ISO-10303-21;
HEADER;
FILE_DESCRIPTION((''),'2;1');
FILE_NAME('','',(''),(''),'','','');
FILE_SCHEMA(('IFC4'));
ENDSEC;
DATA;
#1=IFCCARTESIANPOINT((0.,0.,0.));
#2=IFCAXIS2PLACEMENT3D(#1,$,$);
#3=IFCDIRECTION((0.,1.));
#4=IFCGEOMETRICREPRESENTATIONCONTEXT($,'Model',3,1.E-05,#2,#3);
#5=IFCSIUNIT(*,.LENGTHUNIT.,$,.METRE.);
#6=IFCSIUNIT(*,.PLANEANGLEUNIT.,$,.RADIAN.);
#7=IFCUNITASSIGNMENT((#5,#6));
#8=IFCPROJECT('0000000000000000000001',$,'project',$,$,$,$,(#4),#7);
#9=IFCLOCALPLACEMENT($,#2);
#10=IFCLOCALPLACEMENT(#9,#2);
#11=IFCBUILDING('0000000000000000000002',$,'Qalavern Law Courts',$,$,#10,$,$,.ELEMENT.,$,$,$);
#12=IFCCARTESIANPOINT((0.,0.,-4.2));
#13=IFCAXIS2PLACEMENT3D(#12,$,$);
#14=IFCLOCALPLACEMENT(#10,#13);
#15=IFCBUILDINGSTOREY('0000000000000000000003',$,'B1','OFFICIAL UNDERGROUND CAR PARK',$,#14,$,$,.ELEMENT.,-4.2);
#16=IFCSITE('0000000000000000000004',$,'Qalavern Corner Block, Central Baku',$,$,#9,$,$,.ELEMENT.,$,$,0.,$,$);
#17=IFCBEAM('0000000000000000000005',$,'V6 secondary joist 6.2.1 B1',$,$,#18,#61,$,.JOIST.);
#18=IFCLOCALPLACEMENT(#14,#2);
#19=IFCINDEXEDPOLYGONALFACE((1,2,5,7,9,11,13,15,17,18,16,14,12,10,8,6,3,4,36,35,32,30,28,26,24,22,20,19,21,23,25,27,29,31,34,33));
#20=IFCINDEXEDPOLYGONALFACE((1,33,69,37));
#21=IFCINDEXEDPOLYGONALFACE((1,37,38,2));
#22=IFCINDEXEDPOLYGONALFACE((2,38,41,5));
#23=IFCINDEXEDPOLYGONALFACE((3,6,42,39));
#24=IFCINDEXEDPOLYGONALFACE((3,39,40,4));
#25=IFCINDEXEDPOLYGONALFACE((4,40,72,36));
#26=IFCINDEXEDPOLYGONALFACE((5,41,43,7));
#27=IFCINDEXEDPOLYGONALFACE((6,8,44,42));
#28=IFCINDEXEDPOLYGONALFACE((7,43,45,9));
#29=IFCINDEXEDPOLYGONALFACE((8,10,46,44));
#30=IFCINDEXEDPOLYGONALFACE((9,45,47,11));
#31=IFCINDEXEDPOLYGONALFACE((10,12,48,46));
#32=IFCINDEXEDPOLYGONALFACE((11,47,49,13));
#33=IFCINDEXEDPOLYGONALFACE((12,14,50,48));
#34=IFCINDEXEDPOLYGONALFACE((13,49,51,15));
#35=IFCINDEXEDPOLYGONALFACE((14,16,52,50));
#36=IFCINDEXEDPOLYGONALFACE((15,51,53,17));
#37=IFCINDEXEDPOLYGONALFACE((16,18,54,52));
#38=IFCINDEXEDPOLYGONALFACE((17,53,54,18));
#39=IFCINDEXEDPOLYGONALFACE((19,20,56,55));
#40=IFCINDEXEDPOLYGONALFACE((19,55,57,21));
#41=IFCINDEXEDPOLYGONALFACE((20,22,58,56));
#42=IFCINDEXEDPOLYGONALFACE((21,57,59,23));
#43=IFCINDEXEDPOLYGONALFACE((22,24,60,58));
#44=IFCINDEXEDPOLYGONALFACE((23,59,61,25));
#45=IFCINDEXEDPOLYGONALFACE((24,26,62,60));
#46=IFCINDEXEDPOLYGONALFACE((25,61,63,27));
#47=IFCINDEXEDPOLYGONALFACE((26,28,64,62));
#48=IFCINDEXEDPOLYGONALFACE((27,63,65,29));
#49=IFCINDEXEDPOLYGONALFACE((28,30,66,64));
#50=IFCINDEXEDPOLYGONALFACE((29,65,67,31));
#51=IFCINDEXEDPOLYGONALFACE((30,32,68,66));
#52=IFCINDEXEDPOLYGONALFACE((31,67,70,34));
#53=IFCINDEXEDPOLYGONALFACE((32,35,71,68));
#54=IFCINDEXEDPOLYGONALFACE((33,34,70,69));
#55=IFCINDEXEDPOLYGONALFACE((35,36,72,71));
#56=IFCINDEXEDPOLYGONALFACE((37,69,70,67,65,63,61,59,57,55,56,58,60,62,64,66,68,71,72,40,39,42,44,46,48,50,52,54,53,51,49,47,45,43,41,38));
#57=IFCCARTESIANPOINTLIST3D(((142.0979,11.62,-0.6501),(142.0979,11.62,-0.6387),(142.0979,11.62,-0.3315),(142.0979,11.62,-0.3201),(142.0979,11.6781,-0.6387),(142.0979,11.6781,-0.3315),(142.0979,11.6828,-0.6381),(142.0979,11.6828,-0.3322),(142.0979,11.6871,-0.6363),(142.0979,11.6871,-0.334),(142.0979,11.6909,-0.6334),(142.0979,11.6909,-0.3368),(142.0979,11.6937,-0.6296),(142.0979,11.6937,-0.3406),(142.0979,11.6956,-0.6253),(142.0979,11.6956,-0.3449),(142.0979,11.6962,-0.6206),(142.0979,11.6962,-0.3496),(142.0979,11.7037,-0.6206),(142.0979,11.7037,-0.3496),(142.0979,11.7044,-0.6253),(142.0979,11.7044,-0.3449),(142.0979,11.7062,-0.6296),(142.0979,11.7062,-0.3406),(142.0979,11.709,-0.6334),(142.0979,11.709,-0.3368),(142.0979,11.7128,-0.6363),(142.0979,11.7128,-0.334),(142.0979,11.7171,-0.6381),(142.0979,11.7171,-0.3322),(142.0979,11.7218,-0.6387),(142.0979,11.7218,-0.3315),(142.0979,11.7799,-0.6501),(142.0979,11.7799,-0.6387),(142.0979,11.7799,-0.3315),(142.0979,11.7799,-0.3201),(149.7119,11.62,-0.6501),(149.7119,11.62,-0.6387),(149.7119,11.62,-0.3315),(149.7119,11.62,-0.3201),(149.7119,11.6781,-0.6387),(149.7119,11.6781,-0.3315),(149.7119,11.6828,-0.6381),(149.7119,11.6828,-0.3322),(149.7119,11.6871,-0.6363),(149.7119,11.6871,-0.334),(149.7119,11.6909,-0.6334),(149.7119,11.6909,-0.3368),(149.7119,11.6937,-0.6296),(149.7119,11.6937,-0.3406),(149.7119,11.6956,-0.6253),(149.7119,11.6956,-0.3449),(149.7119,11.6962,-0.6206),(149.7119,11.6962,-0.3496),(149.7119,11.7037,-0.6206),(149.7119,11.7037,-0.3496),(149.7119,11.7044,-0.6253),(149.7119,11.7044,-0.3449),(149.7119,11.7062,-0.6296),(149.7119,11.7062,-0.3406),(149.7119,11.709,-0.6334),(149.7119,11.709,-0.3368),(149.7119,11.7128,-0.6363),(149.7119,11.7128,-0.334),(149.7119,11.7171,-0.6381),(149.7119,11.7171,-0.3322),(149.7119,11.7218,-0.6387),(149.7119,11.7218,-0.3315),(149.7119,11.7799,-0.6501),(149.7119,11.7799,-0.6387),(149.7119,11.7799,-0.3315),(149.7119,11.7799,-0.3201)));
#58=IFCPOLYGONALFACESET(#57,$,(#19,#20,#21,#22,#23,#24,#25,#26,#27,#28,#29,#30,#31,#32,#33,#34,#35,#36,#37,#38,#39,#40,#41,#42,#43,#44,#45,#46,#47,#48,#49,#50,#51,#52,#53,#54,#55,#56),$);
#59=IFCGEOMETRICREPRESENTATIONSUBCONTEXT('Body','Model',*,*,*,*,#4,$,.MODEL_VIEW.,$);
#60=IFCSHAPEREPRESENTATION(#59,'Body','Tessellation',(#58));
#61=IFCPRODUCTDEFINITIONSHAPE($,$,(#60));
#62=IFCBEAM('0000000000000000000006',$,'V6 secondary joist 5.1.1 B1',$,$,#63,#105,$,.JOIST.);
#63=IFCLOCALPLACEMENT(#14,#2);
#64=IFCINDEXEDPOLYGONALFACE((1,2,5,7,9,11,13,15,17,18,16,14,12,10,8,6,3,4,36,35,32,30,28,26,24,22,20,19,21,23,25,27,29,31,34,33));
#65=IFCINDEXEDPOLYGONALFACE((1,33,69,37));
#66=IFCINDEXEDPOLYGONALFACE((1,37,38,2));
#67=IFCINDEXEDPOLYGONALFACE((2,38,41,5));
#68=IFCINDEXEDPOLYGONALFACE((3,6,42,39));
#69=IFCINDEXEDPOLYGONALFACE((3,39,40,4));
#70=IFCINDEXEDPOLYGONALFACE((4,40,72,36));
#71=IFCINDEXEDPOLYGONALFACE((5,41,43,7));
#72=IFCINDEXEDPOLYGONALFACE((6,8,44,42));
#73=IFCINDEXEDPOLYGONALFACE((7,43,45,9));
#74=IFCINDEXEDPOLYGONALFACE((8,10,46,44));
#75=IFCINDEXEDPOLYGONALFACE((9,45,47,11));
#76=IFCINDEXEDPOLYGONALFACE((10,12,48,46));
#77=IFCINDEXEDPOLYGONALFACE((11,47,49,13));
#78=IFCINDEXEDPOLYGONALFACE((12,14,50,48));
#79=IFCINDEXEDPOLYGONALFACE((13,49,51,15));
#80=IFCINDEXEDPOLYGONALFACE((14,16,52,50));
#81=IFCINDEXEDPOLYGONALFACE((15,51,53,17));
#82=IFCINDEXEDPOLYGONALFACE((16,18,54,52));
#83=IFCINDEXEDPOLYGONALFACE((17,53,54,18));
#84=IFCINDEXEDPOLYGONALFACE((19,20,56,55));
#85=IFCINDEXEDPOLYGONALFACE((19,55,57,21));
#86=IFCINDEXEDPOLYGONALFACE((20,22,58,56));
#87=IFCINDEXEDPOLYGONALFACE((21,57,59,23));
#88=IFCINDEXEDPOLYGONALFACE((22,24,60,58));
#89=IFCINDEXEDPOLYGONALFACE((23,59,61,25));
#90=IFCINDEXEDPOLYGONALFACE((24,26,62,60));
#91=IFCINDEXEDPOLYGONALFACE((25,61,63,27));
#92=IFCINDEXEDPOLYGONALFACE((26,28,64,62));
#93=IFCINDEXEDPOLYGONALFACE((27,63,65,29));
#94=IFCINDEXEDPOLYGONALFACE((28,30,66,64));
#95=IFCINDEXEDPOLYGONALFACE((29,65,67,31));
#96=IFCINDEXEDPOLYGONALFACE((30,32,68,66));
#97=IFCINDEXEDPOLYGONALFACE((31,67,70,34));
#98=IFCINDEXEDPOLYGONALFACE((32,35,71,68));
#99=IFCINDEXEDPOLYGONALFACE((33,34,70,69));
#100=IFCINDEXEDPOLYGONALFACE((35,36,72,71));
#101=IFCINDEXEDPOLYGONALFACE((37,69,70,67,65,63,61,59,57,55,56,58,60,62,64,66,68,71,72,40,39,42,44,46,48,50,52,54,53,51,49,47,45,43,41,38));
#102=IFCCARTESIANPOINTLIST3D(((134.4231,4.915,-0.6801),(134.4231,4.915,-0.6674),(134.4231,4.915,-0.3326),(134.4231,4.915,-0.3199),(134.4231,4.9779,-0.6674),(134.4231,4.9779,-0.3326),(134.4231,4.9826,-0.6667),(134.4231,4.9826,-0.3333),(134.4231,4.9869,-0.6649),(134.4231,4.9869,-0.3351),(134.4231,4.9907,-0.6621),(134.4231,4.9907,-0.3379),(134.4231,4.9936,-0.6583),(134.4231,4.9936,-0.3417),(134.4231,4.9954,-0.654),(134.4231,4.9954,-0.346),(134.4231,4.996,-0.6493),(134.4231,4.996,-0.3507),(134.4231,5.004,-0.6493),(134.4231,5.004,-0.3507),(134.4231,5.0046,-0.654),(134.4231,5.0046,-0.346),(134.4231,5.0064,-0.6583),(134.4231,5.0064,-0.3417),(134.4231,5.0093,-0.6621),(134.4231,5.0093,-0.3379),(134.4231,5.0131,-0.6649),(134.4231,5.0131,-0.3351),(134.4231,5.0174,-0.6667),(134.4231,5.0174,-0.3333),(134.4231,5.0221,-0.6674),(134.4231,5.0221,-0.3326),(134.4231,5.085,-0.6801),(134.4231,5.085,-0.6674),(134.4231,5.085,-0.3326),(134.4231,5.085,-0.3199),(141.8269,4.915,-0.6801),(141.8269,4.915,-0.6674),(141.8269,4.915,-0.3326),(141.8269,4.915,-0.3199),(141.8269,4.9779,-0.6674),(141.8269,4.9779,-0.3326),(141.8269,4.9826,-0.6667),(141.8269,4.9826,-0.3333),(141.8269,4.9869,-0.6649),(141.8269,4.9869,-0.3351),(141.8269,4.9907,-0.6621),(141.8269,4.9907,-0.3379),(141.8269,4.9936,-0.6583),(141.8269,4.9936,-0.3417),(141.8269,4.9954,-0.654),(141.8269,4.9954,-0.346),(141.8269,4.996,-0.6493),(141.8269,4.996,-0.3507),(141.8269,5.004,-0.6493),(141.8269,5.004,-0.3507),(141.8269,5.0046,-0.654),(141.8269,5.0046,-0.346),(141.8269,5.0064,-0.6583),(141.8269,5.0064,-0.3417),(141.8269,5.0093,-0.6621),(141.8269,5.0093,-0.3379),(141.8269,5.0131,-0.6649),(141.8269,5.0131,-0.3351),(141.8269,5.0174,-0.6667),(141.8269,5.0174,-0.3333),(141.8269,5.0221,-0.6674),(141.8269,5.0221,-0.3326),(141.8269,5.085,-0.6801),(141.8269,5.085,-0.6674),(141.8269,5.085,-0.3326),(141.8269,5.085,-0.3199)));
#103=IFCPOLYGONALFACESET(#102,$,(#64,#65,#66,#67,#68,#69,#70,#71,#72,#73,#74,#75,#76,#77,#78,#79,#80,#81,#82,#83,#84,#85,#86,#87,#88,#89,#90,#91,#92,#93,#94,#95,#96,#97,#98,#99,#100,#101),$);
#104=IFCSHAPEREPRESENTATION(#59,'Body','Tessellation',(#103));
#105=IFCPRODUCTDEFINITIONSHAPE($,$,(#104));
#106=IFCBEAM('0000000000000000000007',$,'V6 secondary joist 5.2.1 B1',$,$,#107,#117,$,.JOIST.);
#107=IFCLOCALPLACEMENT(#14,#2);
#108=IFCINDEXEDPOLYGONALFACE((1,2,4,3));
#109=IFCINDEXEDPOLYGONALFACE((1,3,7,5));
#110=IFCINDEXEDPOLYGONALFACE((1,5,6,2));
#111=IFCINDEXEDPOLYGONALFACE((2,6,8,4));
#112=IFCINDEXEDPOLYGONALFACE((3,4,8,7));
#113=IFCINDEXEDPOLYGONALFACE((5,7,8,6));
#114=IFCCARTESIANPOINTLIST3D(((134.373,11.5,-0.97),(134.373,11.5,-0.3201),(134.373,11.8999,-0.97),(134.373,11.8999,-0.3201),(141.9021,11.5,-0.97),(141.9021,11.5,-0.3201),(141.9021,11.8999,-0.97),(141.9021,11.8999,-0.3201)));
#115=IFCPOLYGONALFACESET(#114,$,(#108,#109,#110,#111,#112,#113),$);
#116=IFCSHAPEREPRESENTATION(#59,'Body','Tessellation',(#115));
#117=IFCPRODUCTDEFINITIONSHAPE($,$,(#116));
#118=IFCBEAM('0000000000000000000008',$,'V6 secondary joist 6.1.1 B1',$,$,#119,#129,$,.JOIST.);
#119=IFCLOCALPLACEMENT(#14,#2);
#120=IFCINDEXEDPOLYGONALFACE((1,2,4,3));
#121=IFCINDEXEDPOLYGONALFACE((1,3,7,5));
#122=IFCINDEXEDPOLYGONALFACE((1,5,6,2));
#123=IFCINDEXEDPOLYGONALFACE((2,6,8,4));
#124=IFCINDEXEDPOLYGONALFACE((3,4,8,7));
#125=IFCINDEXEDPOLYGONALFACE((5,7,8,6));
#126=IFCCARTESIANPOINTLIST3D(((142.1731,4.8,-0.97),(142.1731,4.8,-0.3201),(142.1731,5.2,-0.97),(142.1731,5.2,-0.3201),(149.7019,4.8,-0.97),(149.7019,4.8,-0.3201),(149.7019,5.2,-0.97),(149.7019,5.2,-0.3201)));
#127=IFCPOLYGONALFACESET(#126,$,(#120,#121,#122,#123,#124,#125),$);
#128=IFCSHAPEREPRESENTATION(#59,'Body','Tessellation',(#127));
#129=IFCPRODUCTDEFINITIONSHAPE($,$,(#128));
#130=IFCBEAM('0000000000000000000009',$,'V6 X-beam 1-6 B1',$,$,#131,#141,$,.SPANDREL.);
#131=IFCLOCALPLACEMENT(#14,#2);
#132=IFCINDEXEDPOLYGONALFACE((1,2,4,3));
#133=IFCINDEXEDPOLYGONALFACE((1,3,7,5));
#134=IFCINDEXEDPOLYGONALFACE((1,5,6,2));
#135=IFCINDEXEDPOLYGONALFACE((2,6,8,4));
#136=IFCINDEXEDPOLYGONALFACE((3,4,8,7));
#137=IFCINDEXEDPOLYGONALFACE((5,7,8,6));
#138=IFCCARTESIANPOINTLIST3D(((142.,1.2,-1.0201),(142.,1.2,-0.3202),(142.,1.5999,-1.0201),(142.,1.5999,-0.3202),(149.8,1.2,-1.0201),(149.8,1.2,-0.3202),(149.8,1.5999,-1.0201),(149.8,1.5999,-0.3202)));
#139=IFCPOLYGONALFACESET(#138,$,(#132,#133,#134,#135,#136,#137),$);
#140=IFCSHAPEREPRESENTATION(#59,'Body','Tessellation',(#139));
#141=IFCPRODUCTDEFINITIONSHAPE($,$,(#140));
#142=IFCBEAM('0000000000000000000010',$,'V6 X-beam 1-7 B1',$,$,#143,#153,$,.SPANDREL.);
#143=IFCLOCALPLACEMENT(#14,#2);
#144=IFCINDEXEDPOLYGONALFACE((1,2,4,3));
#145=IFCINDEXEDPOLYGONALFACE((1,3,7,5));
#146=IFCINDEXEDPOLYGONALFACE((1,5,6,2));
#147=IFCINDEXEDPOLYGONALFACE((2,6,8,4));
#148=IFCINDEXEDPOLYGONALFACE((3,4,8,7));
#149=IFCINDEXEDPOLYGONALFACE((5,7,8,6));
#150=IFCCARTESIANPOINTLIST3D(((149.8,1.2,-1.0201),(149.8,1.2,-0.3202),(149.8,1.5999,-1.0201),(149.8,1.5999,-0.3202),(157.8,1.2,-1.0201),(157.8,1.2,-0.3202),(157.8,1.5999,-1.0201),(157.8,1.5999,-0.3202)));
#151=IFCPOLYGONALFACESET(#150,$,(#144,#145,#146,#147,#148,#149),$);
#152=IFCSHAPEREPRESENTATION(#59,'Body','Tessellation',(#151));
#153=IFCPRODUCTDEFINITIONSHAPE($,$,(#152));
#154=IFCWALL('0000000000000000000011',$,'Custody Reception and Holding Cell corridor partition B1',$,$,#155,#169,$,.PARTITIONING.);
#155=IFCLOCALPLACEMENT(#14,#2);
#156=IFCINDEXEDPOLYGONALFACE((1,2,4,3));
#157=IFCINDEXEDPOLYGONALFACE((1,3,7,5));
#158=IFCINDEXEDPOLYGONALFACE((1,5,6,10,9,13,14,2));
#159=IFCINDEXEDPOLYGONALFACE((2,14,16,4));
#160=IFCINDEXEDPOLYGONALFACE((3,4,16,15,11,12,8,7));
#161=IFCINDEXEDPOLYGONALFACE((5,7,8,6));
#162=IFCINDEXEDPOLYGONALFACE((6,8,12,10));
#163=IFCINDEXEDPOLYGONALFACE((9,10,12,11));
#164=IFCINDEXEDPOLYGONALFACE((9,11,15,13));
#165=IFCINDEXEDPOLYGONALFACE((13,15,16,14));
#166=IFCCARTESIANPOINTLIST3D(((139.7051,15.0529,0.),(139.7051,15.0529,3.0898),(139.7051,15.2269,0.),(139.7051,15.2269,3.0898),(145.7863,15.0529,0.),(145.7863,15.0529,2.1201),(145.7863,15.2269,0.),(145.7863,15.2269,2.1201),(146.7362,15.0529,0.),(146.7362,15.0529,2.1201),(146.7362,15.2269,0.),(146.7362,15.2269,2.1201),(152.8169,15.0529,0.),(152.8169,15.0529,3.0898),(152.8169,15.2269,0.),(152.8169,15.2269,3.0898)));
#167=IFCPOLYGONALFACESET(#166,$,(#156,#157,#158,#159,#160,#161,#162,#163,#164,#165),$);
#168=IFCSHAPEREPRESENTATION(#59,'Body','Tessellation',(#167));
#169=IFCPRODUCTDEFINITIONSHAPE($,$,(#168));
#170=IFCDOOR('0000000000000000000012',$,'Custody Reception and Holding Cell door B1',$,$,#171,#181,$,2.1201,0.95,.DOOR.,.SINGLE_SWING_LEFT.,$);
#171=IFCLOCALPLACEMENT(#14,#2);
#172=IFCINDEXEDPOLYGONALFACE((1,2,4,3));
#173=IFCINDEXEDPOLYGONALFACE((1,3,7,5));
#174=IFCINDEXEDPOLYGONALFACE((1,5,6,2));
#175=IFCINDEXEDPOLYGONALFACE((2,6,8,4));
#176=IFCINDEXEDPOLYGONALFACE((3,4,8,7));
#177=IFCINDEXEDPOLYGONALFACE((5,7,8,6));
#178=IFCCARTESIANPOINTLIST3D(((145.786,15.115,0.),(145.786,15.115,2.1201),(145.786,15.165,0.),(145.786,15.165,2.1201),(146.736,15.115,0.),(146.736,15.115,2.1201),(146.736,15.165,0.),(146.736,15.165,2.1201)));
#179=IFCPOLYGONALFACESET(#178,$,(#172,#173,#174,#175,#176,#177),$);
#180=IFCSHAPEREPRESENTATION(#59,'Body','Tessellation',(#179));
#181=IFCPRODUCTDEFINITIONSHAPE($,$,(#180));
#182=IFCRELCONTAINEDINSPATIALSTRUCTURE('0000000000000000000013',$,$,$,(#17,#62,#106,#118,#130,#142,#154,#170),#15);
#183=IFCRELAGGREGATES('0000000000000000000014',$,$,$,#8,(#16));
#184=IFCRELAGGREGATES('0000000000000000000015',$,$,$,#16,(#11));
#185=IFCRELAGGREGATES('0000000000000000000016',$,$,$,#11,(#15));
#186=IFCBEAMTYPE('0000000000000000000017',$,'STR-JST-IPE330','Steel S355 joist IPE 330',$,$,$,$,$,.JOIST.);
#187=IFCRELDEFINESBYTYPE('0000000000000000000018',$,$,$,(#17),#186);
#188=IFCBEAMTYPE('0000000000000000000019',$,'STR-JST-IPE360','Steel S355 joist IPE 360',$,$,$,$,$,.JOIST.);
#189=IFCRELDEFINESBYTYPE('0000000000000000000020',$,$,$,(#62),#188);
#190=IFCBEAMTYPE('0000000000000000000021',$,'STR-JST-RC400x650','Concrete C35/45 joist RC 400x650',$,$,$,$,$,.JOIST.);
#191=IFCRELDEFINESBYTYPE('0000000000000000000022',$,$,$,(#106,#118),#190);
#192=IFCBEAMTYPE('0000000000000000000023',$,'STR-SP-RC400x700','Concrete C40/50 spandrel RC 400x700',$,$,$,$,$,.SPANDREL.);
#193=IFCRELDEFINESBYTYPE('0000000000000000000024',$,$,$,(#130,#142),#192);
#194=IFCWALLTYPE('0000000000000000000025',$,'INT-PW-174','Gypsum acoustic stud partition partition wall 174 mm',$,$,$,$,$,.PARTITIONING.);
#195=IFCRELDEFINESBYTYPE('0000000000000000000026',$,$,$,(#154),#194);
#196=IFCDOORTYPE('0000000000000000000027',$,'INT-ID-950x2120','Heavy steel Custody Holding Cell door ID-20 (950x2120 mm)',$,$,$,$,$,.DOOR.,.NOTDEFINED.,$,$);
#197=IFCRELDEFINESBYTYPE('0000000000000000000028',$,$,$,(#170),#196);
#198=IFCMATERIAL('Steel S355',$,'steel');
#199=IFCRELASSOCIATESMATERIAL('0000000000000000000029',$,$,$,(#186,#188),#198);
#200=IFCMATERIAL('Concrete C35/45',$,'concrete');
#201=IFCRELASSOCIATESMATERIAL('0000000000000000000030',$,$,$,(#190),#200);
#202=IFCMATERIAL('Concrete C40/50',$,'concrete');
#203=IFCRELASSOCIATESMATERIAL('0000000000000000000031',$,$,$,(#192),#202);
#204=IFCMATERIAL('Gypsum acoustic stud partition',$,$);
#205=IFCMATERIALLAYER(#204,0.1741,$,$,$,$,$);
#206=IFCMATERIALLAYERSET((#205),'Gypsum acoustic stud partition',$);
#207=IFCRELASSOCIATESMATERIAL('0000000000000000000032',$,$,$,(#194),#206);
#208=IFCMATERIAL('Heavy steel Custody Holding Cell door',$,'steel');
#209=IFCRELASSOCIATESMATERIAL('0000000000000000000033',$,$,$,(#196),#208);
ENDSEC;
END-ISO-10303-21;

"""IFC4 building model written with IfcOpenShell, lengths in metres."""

from ifc_helpers import new_model, si_unit, direction, frame, frame_2d, origin, origin_2d, place, context, subcontext, project, spatial, rectangle, i_section, extrude, material, layer, layer_set, material_profile, profile_set, type_object, element, fill, save


model = new_model("IFC4")

# Units and contexts
model_context = context("Model", 3, precision=1e-05, world=origin(), true_north=direction((0.0, 1.0)))
body_context = subcontext(model_context, "Body", "Model", "MODEL_VIEW")
ifc_project = project(units=[si_unit("LENGTHUNIT", "METRE"), si_unit("PLANEANGLEUNIT", "RADIAN")], contexts=[model_context])

# Site, building, storey
site_placement = place(None, origin())
site = spatial("IfcSite", under=ifc_project, at=site_placement, Name="Qalavern Corner Block, Central Baku", CompositionType="ELEMENT", RefElevation=0.0)
building_placement = place(site_placement, origin())
building = spatial("IfcBuilding", under=site, at=building_placement, Name="Qalavern Law Courts", CompositionType="ELEMENT")
storey_placement = place(building_placement, frame((0.0, 0.0, -4.2)))
storey = spatial("IfcBuildingStorey", under=building, at=storey_placement, Name="B1", Description="OFFICIAL UNDERGROUND CAR PARK", CompositionType="ELEMENT", Elevation=-4.2)

# Beams
ifc_material_1 = material(Name="Steel S355", Category="steel")
ifc_material_2 = material(Name="Concrete C35/45", Category="concrete")
ifc_material_profile_1 = material_profile(ifc_material_1, i_section(OverallWidth=0.1599, OverallDepth=0.3301, WebThickness=0.0076, FlangeThickness=0.0115, FilletRadius=0.0181, at=origin_2d()), Name="IPE 330")
ifc_profile_set_1 = profile_set([ifc_material_profile_1], Name="Steel S355")
beam_type_1 = type_object("IfcBeamType", Name="STR-JST-IPE330", Description="Steel S355 joist IPE 330", PredefinedType="JOIST", material=ifc_profile_set_1)
for number, where, z_axis, x_axis, name in (
    (1, (142.0979, 11.7, -0.4851), (1.0, 0.0, 0.0), (0.0, 1.0, 0.0), "V6 secondary joist 6.2.1 B1"),
):
    element("IfcBeam", number, at=place(storey_placement, frame(where, z_axis=z_axis, x_axis=x_axis)), inside=storey, type_object=beam_type_1, Name=name, PredefinedType="JOIST", context=body_context, shape_type="SweptSolid", body=[
        extrude(i_section(OverallWidth=0.1599, OverallDepth=0.3301, WebThickness=0.0076, FlangeThickness=0.0115, FilletRadius=0.0181, at=origin_2d()), origin(), (0.0, 0.0, 1.0), 7.614),
    ])
ifc_material_profile_2 = material_profile(ifc_material_1, i_section(OverallWidth=0.1699, OverallDepth=0.3601, WebThickness=0.0081, FlangeThickness=0.0127, FilletRadius=0.0181, at=origin_2d()), Name="IPE 360")
ifc_profile_set_2 = profile_set([ifc_material_profile_2], Name="Steel S355")
beam_type_2 = type_object("IfcBeamType", Name="STR-JST-IPE360", Description="Steel S355 joist IPE 360", PredefinedType="JOIST", material=ifc_profile_set_2)
beam_1_placement = place(storey_placement, frame((134.4231, 5.0, -0.5), z_axis=(1.0, 0.0, 0.0), x_axis=(0.0, 1.0, 0.0)))
element("IfcBeam", 2, at=beam_1_placement, inside=storey, type_object=beam_type_2, Name="V6 secondary joist 5.1.1 B1", PredefinedType="JOIST", context=body_context, shape_type="SweptSolid", body=[
    extrude(i_section(OverallWidth=0.1699, OverallDepth=0.3601, WebThickness=0.0081, FlangeThickness=0.0127, FilletRadius=0.0181, at=origin_2d()), origin(), (0.0, 0.0, 1.0), 7.4038),
])
ifc_material_profile_3 = material_profile(ifc_material_2, rectangle(XDim=0.3999, YDim=0.6499, at=origin_2d()), Name="RC 400x650")
ifc_profile_set_3 = profile_set([ifc_material_profile_3], Name="Concrete C35/45")
beam_type_3 = type_object("IfcBeamType", Name="STR-JST-RC400x650", Description="Concrete C35/45 joist RC 400x650", PredefinedType="JOIST", material=ifc_profile_set_3)
beam_2_placement = place(storey_placement, frame((134.373, 11.7, -0.645), z_axis=(1.0, 0.0, 0.0), x_axis=(0.0, 1.0, 0.0)))
element("IfcBeam", 3, at=beam_2_placement, inside=storey, type_object=beam_type_3, Name="V6 secondary joist 5.2.1 B1", PredefinedType="JOIST", context=body_context, shape_type="SweptSolid", body=[
    extrude(rectangle(XDim=0.3999, YDim=0.6499, at=origin_2d()), origin(), (0.0, 0.0, 1.0), 7.5291),
])
beam_3_placement = place(storey_placement, frame((142.1731, 5.0, -0.645), z_axis=(1.0, 0.0, 0.0), x_axis=(0.0, 1.0, 0.0)))
element("IfcBeam", 4, at=beam_3_placement, inside=storey, type_object=beam_type_3, Name="V6 secondary joist 6.1.1 B1", PredefinedType="JOIST", context=body_context, shape_type="SweptSolid", body=[
    extrude(rectangle(XDim=0.3999, YDim=0.6499, at=origin_2d()), origin(), (0.0, 0.0, 1.0), 7.5288),
])
ifc_material_3 = material(Name="Concrete C40/50", Category="concrete")
ifc_material_profile_4 = material_profile(ifc_material_3, rectangle(XDim=0.3999, YDim=0.7, at=origin_2d()), Name="RC 400x700")
ifc_profile_set_4 = profile_set([ifc_material_profile_4], Name="Concrete C40/50")
beam_type_4 = type_object("IfcBeamType", Name="STR-SP-RC400x700", Description="Concrete C40/50 spandrel RC 400x700", PredefinedType="SPANDREL", material=ifc_profile_set_4)
beam_4_placement = place(storey_placement, frame((142.0, 1.3999, -0.6702), z_axis=(1.0, 0.0, 0.0), x_axis=(0.0, 1.0, 0.0)))
element("IfcBeam", 5, at=beam_4_placement, inside=storey, type_object=beam_type_4, Name="V6 X-beam 1-6 B1", PredefinedType="SPANDREL", context=body_context, shape_type="SweptSolid", body=[
    extrude(rectangle(XDim=0.3999, YDim=0.7, at=origin_2d()), origin(), (0.0, 0.0, 1.0), 7.8),
])
beam_5_placement = place(storey_placement, frame((149.8, 1.3999, -0.6702), z_axis=(1.0, 0.0, 0.0), x_axis=(0.0, 1.0, 0.0)))
element("IfcBeam", 6, at=beam_5_placement, inside=storey, type_object=beam_type_4, Name="V6 X-beam 1-7 B1", PredefinedType="SPANDREL", context=body_context, shape_type="SweptSolid", body=[
    extrude(rectangle(XDim=0.3999, YDim=0.7, at=origin_2d()), origin(), (0.0, 0.0, 1.0), 8.0),
])

# Wall, opening, door
ifc_material_4 = material(Name="Gypsum acoustic stud partition")
ifc_layer_1 = layer(ifc_material_4, 0.1741)
ifc_layer_set_1 = layer_set([ifc_layer_1], Name="Gypsum acoustic stud partition")
wall_type_1 = type_object("IfcWallType", Name="INT-PW-174", Description="Gypsum acoustic stud partition partition wall 174 mm", PredefinedType="PARTITIONING", material=ifc_layer_set_1)
wall_1_placement = place(storey_placement, frame((139.7051, 15.1399, 0.0), z_axis=(0.0, 0.0, 1.0), x_axis=(1.0, 0.0, 0.0)))
wall_1 = element("IfcWall", 7, at=wall_1_placement, inside=storey, type_object=wall_type_1, Name="Custody Reception and Holding Cell corridor partition B1", PredefinedType="PARTITIONING", context=body_context, shape_type="SweptSolid", body=[
    extrude(rectangle(XDim=13.1118, YDim=0.1741, at=frame_2d((6.5559, 0.0))), origin(), (0.0, 0.0, 1.0), 3.0898),
])
opening_placement = place(wall_1_placement, frame((6.0811, 0.0, 0.0)))
opening = element("IfcOpeningElement", 8, at=opening_placement, cuts=wall_1, PredefinedType="OPENING", context=body_context, shape_type="SweptSolid", body=[
    extrude(rectangle(XDim=0.95, YDim=2.1201, at=frame_2d((0.4751, 1.0601))), frame((0.0, 0.1021, 0.0), z_axis=(0.0, -1.0, 0.0), x_axis=(1.0, 0.0, 0.0)), (0.0, 0.0, 1.0), 0.2039),
])
ifc_material_5 = material(Name="Heavy steel Custody Holding Cell door", Category="steel")
door_type = type_object("IfcDoorType", Name="INT-ID-950x2120", Description="Heavy steel Custody Holding Cell door ID-20 (950x2120 mm)", OperationType="NOTDEFINED", PredefinedType="DOOR", material=ifc_material_5)
door_placement = place(opening_placement, frame((0.95, 0.0, 0.0), z_axis=(0.0, 0.0, 1.0), x_axis=(-1.0, 0.0, 0.0)))
door = element("IfcDoor", 9, at=door_placement, inside=storey, type_object=door_type, Name="Custody Reception and Holding Cell door B1", OperationType="SINGLE_SWING_LEFT", OverallHeight=2.1201, OverallWidth=0.95, PredefinedType="DOOR", context=body_context, shape_type="SweptSolid", body=[
    extrude(rectangle(XDim=0.95, YDim=2.1201, at=frame_2d((0.4751, 1.0601))), frame((0.0, 0.0249, 0.0), z_axis=(0.0, -1.0, 0.0), x_axis=(1.0, 0.0, 0.0)), (0.0, 0.0, 1.0), 0.05),
])
fill(opening, door)

save(model, "model.ifc")
